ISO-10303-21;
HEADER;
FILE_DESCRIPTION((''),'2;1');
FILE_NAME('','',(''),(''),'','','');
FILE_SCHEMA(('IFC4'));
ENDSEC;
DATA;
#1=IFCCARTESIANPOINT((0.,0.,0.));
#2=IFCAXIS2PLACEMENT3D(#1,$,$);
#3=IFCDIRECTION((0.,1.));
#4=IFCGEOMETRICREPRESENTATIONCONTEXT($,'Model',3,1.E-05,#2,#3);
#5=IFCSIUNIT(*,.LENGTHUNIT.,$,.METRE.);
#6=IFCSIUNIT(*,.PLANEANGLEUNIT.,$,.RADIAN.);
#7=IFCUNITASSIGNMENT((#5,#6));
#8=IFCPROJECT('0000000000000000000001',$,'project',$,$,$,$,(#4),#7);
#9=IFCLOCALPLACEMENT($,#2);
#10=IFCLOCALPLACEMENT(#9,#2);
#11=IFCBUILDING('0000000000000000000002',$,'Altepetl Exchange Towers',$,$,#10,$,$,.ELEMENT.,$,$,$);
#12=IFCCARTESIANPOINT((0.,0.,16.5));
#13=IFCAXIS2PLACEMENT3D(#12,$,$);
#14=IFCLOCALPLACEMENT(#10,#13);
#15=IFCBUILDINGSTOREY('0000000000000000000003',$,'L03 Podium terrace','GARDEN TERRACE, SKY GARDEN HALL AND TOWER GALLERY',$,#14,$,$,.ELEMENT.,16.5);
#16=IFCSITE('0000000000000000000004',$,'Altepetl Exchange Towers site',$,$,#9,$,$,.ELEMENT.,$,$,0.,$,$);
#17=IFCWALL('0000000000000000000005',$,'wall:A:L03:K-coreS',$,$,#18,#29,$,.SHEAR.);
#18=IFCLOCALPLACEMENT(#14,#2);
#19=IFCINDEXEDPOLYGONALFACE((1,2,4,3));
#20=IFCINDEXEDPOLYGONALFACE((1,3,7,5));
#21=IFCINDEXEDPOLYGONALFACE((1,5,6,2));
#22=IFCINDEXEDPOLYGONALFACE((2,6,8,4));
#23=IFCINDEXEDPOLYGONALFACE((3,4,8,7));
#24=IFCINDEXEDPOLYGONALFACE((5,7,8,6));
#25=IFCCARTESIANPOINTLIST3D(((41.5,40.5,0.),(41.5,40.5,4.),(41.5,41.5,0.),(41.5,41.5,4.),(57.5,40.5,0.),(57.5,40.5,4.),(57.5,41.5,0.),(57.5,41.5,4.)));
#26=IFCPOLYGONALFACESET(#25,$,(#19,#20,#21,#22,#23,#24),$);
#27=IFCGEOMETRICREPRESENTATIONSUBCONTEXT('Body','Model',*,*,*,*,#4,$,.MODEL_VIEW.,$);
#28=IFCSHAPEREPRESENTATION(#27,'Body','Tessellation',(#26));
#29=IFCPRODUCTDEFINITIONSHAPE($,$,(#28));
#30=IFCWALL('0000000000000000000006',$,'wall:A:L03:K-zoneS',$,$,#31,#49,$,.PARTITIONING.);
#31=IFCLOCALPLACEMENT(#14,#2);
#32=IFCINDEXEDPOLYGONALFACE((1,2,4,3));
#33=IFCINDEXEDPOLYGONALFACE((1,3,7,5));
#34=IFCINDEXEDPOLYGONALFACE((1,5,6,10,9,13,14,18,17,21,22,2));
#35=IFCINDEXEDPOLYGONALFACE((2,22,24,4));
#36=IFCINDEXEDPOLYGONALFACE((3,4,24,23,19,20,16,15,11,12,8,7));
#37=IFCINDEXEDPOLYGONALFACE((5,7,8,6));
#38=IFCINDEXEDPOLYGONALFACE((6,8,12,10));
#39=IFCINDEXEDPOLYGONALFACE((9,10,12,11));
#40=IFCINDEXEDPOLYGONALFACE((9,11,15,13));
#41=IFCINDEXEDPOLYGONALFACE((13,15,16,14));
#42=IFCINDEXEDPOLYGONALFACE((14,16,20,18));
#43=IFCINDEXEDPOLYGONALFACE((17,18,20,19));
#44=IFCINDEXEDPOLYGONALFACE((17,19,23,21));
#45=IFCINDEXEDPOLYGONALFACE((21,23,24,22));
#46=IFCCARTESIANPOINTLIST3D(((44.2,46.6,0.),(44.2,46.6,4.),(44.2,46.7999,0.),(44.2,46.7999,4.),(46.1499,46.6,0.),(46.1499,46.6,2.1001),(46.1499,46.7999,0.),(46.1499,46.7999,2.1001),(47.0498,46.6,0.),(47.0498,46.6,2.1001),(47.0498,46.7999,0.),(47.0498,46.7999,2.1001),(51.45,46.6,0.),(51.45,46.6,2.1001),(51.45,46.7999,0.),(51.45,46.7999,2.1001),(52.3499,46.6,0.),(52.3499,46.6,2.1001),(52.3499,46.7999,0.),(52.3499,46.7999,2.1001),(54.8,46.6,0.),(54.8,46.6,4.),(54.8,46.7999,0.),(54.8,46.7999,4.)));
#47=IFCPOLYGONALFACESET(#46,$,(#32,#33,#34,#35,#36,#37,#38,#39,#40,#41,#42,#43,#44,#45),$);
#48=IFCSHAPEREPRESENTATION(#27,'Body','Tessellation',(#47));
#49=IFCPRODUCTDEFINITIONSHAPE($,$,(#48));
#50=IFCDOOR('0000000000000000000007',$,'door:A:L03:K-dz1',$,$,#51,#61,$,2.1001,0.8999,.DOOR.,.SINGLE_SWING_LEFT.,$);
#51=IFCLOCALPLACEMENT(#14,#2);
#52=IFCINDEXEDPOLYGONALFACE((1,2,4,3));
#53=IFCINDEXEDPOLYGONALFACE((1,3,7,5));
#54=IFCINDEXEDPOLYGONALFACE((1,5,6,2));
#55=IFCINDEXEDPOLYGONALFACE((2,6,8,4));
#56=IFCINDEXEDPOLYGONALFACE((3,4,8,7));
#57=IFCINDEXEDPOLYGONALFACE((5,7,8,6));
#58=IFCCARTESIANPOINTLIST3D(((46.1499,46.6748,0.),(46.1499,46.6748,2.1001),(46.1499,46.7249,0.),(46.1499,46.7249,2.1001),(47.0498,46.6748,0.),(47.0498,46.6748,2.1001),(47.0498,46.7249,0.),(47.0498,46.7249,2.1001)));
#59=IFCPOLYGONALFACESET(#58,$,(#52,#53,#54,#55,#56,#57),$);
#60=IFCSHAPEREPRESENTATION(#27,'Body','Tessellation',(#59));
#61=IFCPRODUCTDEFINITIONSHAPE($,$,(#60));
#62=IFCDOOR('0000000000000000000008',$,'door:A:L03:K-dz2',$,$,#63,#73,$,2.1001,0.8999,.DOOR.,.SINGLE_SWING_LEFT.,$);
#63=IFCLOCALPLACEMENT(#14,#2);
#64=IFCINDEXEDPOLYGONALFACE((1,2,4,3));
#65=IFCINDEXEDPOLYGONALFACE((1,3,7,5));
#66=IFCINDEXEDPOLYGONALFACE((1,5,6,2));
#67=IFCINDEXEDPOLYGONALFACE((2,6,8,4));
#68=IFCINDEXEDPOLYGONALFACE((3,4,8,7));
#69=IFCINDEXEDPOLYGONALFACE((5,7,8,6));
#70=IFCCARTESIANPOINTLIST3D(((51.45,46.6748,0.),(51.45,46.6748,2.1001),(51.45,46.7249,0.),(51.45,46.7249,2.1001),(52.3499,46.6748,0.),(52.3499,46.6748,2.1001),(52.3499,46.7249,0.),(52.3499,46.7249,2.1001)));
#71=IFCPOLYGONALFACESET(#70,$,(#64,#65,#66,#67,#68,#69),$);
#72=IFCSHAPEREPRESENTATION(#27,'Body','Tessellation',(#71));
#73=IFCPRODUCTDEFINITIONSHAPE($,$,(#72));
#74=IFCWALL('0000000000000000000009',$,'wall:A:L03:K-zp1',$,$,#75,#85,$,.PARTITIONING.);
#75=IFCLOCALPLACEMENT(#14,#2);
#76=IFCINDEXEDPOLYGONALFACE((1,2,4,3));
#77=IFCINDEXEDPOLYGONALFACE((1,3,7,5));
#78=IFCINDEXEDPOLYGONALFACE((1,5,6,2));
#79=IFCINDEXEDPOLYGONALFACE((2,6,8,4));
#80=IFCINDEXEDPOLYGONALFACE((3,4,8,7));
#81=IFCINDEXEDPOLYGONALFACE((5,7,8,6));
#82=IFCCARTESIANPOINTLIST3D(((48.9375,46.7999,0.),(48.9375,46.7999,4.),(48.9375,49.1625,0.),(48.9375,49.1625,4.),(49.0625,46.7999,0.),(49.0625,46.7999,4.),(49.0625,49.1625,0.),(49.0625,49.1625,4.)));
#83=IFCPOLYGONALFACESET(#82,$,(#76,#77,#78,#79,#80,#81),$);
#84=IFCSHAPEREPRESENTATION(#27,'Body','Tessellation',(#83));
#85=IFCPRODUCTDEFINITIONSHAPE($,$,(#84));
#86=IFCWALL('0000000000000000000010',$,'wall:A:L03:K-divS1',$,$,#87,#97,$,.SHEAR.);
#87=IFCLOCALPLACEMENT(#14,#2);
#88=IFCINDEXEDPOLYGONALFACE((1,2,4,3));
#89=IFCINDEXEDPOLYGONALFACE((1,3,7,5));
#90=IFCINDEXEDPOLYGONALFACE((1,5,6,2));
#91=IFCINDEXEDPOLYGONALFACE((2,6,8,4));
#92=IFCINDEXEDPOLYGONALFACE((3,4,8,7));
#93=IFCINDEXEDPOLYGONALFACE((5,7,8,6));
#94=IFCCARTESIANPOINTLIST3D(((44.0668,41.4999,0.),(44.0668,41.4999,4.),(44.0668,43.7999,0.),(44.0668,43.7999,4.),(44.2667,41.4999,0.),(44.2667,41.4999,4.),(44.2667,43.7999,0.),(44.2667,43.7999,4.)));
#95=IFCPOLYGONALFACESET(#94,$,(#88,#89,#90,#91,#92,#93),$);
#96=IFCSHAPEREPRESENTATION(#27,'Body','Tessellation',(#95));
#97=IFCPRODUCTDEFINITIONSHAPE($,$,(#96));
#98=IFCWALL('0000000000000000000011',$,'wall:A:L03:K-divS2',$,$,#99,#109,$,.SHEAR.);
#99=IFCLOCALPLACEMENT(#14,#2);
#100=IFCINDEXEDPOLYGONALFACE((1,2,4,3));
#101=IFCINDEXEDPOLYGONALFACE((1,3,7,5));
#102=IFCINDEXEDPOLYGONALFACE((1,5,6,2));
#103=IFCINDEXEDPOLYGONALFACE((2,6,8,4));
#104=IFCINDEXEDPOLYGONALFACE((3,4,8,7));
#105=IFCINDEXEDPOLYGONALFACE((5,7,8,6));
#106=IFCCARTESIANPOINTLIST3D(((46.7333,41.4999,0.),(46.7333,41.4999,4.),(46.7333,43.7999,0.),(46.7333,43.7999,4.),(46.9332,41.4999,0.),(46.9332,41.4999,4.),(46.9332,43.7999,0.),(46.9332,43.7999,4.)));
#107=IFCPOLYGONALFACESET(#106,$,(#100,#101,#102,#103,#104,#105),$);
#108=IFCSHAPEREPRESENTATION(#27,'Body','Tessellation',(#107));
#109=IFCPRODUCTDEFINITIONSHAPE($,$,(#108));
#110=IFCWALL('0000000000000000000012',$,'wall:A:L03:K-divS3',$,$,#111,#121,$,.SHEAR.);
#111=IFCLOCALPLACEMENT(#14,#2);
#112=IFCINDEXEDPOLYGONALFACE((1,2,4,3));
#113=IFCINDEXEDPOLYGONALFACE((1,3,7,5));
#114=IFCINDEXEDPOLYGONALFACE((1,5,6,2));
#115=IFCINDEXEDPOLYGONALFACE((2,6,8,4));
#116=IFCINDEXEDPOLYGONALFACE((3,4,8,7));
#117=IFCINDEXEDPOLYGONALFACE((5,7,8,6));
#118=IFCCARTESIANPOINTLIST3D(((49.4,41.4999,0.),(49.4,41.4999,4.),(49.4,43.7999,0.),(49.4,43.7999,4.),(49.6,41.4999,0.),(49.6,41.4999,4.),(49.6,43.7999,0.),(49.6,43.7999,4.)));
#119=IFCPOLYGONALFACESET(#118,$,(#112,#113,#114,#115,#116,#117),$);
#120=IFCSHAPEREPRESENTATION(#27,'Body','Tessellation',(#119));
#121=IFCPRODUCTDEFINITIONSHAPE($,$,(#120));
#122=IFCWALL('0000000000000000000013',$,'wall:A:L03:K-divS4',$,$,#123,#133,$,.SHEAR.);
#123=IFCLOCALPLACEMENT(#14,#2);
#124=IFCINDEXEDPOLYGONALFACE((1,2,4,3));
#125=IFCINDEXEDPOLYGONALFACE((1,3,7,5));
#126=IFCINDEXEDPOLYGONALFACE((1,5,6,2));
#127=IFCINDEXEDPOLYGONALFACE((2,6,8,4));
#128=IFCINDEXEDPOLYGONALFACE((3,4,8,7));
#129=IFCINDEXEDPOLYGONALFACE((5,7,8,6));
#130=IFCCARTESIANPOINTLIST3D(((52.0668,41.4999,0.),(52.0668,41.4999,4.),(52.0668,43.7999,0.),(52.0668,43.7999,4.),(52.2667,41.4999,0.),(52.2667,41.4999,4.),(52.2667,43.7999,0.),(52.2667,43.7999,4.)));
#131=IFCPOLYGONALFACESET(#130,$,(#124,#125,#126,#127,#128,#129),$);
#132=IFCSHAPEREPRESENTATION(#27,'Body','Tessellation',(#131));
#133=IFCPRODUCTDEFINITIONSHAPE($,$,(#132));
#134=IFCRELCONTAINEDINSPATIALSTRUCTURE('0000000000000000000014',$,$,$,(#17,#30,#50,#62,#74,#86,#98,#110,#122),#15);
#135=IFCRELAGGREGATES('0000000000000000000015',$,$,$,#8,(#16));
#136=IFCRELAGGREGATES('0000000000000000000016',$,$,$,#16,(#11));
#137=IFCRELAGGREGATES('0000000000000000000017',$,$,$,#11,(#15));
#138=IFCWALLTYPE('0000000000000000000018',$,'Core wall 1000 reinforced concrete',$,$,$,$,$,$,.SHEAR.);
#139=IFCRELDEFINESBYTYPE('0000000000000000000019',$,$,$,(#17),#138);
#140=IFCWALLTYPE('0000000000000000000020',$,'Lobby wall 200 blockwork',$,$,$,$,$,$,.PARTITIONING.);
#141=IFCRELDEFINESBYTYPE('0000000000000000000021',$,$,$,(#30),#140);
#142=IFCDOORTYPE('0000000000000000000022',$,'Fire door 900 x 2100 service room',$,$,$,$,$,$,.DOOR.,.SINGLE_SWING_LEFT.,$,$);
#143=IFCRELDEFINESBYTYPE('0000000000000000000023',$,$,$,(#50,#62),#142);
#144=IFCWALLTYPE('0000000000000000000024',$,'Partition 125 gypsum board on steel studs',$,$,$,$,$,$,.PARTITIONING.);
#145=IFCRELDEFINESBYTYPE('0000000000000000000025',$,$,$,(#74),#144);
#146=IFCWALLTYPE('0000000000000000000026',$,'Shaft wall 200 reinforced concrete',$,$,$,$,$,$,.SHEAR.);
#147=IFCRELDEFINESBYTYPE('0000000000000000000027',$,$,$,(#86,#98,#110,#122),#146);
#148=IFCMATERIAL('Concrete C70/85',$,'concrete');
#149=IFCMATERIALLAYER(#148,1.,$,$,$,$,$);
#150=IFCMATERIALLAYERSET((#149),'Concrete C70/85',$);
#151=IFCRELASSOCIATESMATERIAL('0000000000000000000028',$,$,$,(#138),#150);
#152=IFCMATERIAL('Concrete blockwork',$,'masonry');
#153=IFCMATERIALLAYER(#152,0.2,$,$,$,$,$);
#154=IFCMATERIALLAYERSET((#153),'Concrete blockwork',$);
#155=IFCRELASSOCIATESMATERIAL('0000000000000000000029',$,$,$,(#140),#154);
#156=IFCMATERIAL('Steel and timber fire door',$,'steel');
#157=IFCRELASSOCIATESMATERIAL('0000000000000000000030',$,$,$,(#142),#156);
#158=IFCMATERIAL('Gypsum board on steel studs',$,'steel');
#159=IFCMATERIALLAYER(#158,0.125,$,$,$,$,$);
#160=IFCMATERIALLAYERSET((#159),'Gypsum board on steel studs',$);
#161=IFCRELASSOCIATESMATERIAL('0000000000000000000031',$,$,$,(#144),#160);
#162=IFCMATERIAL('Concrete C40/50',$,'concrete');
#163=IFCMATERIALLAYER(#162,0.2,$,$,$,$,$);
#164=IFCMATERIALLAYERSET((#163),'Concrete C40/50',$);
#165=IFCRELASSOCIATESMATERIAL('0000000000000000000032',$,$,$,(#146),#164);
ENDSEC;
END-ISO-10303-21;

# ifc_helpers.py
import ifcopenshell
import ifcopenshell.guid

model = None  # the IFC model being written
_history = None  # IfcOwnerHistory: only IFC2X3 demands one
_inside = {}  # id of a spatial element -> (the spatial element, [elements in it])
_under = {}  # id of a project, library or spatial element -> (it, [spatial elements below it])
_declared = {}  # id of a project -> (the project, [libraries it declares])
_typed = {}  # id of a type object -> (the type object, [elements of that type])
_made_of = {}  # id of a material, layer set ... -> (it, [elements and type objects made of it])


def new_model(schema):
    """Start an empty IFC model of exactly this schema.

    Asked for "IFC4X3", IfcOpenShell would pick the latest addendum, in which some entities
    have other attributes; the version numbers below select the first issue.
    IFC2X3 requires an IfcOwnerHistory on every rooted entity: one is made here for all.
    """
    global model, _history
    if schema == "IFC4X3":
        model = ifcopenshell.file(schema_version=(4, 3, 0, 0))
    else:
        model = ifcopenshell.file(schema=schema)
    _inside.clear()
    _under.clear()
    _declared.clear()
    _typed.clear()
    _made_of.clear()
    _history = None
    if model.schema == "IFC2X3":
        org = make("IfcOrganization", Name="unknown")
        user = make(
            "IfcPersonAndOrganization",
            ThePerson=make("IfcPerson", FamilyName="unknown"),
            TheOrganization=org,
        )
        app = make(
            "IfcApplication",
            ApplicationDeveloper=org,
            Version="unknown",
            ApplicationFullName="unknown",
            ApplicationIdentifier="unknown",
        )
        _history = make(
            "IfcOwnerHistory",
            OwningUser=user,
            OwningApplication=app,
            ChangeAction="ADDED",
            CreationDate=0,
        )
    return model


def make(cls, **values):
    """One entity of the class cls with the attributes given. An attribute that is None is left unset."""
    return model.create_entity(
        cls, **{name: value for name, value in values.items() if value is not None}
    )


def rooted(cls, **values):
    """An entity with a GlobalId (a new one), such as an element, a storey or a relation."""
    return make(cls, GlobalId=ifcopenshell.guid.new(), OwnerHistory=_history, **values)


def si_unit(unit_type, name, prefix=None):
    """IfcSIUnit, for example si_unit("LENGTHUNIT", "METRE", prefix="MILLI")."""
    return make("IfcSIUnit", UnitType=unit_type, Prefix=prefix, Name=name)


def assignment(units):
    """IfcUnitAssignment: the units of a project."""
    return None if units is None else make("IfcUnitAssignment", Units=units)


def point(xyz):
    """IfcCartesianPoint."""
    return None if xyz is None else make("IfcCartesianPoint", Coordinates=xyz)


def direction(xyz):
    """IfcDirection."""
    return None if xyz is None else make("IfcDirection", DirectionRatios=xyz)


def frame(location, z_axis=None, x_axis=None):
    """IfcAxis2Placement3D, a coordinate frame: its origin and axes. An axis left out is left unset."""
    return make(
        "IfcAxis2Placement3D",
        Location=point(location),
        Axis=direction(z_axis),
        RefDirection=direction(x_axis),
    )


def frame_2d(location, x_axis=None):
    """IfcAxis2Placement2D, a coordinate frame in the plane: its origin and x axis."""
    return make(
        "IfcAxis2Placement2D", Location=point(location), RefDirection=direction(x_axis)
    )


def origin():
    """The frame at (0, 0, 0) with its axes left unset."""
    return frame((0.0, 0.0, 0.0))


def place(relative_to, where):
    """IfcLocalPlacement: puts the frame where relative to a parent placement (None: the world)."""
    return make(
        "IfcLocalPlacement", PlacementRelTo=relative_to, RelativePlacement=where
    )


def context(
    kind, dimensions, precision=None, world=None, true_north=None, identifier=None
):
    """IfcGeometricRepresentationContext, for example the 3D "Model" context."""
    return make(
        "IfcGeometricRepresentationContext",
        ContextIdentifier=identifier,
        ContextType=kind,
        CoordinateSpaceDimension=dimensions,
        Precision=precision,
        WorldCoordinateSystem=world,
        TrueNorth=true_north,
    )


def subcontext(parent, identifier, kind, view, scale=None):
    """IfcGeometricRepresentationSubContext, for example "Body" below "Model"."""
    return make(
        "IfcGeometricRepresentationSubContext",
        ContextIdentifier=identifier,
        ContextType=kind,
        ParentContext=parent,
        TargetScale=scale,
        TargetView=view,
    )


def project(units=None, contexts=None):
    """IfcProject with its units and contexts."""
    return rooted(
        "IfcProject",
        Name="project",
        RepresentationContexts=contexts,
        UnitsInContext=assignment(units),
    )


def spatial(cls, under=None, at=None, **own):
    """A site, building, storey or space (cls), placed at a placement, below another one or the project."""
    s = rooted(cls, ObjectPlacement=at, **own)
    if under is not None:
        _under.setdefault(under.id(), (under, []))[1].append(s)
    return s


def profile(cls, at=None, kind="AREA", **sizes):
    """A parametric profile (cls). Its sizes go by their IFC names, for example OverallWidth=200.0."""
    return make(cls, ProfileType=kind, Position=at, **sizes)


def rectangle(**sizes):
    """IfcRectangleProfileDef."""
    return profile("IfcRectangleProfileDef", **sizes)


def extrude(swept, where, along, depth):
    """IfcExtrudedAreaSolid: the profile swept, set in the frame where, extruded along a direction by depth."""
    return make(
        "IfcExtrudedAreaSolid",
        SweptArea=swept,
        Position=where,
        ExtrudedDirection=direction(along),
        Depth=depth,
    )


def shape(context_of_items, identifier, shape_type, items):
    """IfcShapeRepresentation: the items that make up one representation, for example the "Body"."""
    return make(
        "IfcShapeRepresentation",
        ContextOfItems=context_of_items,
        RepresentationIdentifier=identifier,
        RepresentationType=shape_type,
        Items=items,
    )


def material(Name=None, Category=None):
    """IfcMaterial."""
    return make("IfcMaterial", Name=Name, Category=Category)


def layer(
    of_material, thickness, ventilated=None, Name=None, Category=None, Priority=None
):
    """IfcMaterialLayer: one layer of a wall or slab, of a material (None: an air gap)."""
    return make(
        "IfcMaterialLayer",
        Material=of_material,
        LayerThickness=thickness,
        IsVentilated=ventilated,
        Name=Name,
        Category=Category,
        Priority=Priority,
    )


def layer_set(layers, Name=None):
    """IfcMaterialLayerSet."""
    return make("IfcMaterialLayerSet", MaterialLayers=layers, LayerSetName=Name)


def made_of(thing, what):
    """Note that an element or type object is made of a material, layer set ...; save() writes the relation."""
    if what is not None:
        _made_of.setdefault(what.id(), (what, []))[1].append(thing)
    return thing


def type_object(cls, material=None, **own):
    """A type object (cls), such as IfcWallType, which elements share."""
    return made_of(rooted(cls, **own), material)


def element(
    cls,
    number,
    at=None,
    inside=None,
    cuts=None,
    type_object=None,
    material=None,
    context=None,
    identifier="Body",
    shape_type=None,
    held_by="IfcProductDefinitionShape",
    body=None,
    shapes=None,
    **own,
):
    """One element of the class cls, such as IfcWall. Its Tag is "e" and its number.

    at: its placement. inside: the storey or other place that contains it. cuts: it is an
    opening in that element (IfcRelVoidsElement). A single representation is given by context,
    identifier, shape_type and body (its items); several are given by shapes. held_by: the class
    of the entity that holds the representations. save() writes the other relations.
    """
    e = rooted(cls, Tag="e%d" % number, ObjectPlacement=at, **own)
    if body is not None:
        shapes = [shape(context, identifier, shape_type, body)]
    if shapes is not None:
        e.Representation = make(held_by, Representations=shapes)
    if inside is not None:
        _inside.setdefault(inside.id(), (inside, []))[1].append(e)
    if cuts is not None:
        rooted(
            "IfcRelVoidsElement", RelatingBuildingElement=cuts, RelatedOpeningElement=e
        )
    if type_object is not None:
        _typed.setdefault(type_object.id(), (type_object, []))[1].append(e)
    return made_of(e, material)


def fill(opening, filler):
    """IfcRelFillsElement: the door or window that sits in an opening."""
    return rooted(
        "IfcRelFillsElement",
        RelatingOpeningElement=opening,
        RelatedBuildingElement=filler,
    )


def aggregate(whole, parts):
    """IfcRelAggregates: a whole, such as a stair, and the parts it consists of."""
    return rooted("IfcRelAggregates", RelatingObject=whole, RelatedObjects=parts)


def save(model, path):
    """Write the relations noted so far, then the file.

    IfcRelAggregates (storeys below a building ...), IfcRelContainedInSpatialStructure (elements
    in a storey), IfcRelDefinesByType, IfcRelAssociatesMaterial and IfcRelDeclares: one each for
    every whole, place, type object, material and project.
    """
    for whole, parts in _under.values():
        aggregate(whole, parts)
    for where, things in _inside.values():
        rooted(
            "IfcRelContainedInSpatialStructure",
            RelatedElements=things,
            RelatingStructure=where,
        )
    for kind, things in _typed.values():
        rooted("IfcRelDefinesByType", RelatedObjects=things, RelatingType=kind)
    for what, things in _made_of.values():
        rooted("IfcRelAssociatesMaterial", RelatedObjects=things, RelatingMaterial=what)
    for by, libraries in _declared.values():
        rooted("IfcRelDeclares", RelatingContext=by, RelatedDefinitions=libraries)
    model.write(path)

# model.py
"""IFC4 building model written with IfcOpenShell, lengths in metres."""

from ifc_helpers import new_model, si_unit, direction, frame, frame_2d, origin, place, context, subcontext, project, spatial, rectangle, extrude, material, layer, layer_set, type_object, element, fill, save


model = new_model("IFC4")

# Units and contexts
model_context = context("Model", 3, precision=1e-05, world=origin(), true_north=direction((0.0, 1.0)))
body_context = subcontext(model_context, "Body", "Model", "MODEL_VIEW")
ifc_project = project(units=[si_unit("LENGTHUNIT", "METRE"), si_unit("PLANEANGLEUNIT", "RADIAN")], contexts=[model_context])

# Site, building, storey
site_placement = place(None, origin())
site = spatial("IfcSite", under=ifc_project, at=site_placement, Name="Altepetl Exchange Towers site", CompositionType="ELEMENT", RefElevation=0.0)
building_placement = place(site_placement, origin())
building = spatial("IfcBuilding", under=site, at=building_placement, Name="Altepetl Exchange Towers", CompositionType="ELEMENT")
storey_placement = place(building_placement, frame((0.0, 0.0, 16.5)))
storey = spatial("IfcBuildingStorey", under=building, at=storey_placement, Name="L03 Podium terrace", Description="GARDEN TERRACE, SKY GARDEN HALL AND TOWER GALLERY", CompositionType="ELEMENT", Elevation=16.5)

# Wall
ifc_material_1 = material(Name="Concrete C70/85", Category="concrete")
ifc_layer_1 = layer(ifc_material_1, 1.0)
ifc_layer_set_1 = layer_set([ifc_layer_1], Name="Concrete C70/85")
wall_type_1 = type_object("IfcWallType", Name="Core wall 1000 reinforced concrete", PredefinedType="SHEAR", material=ifc_layer_set_1)
wall_1_placement = place(storey_placement, frame((41.5, 41.0, 0.0)))
element("IfcWall", 1, at=wall_1_placement, inside=storey, type_object=wall_type_1, Name="wall:A:L03:K-coreS", PredefinedType="SHEAR", context=body_context, shape_type="SweptSolid", body=[
    extrude(rectangle(XDim=16.0, YDim=1.0, at=frame_2d((8.0, 0.0))), origin(), (0.0, 0.0, 1.0), 4.0),
])

# Wall, openings, doors
ifc_material_2 = material(Name="Concrete blockwork", Category="masonry")
ifc_layer_2 = layer(ifc_material_2, 0.2)
ifc_layer_set_2 = layer_set([ifc_layer_2], Name="Concrete blockwork")
wall_type_2 = type_object("IfcWallType", Name="Lobby wall 200 blockwork", PredefinedType="PARTITIONING", material=ifc_layer_set_2)
wall_2_placement = place(storey_placement, frame((44.2, 46.7, 0.0)))
wall_2 = element("IfcWall", 2, at=wall_2_placement, inside=storey, type_object=wall_type_2, Name="wall:A:L03:K-zoneS", PredefinedType="PARTITIONING", context=body_context, shape_type="SweptSolid", body=[
    extrude(rectangle(XDim=10.6001, YDim=0.2, at=frame_2d((5.3, 0.0))), origin(), (0.0, 0.0, 1.0), 4.0),
])
opening_1_placement = place(wall_2_placement, frame((1.95, 0.0, 0.0)))
opening_1 = element("IfcOpeningElement", 3, at=opening_1_placement, cuts=wall_2, PredefinedType="OPENING", context=body_context, shape_type="SweptSolid", body=[
    extrude(rectangle(XDim=0.8999, YDim=2.1001, at=frame_2d((0.45, 1.05))), frame((0.0, 0.1099, 0.0), z_axis=(0.0, -1.0, 0.0), x_axis=(1.0, 0.0, 0.0)), (0.0, 0.0, 1.0), 0.22),
])
opening_2_placement = place(wall_2_placement, frame((7.25, 0.0, 0.0)))
opening_2 = element("IfcOpeningElement", 4, at=opening_2_placement, cuts=wall_2, PredefinedType="OPENING", context=body_context, shape_type="SweptSolid", body=[
    extrude(rectangle(XDim=0.8999, YDim=2.1001, at=frame_2d((0.45, 1.05))), frame((0.0, 0.1099, 0.0), z_axis=(0.0, -1.0, 0.0), x_axis=(1.0, 0.0, 0.0)), (0.0, 0.0, 1.0), 0.22),
])
ifc_material_3 = material(Name="Steel and timber fire door", Category="steel")
door_type_1 = type_object("IfcDoorType", Name="Fire door 900 x 2100 service room", OperationType="SINGLE_SWING_LEFT", PredefinedType="DOOR", material=ifc_material_3)
door_1_placement = place(opening_1_placement, origin())
door_1 = element("IfcDoor", 5, at=door_1_placement, inside=storey, type_object=door_type_1, Name="door:A:L03:K-dz1", OperationType="SINGLE_SWING_LEFT", OverallHeight=2.1001, OverallWidth=0.8999, PredefinedType="DOOR", context=body_context, shape_type="SweptSolid", body=[
    extrude(rectangle(XDim=0.8999, YDim=2.1001, at=frame_2d((0.45, 1.05))), frame((0.0, 0.0249, 0.0), z_axis=(0.0, -1.0, 0.0), x_axis=(1.0, 0.0, 0.0)), (0.0, 0.0, 1.0), 0.05),
])
fill(opening_1, door_1)
door_2_placement = place(opening_2_placement, origin())
door_2 = element("IfcDoor", 6, at=door_2_placement, inside=storey, type_object=door_type_1, Name="door:A:L03:K-dz2", OperationType="SINGLE_SWING_LEFT", OverallHeight=2.1001, OverallWidth=0.8999, PredefinedType="DOOR", context=body_context, shape_type="SweptSolid", body=[
    extrude(rectangle(XDim=0.8999, YDim=2.1001, at=frame_2d((0.45, 1.05))), frame((0.0, 0.0249, 0.0), z_axis=(0.0, -1.0, 0.0), x_axis=(1.0, 0.0, 0.0)), (0.0, 0.0, 1.0), 0.05),
])
fill(opening_2, door_2)

# Walls
ifc_material_4 = material(Name="Gypsum board on steel studs", Category="steel")
ifc_layer_3 = layer(ifc_material_4, 0.125)
ifc_layer_set_3 = layer_set([ifc_layer_3], Name="Gypsum board on steel studs")
wall_type_3 = type_object("IfcWallType", Name="Partition 125 gypsum board on steel studs", PredefinedType="PARTITIONING", material=ifc_layer_set_3)
wall_3_placement = place(storey_placement, frame((49.0, 46.8, 0.0), z_axis=(0.0, 0.0, 1.0), x_axis=(0.0, 1.0, 0.0)))
element("IfcWall", 7, at=wall_3_placement, inside=storey, type_object=wall_type_3, Name="wall:A:L03:K-zp1", PredefinedType="PARTITIONING", context=body_context, shape_type="SweptSolid", body=[
    extrude(rectangle(XDim=2.3625, YDim=0.125, at=frame_2d((1.1812, 0.0))), origin(), (0.0, 0.0, 1.0), 4.0),
])
ifc_material_5 = material(Name="Concrete C40/50", Category="concrete")
ifc_layer_4 = layer(ifc_material_5, 0.2)
ifc_layer_set_4 = layer_set([ifc_layer_4], Name="Concrete C40/50")
wall_type_4 = type_object("IfcWallType", Name="Shaft wall 200 reinforced concrete", PredefinedType="SHEAR", material=ifc_layer_set_4)
for number, where, z_axis, x_axis, name in (
    (8, (44.1667, 41.5, 0.0), (0.0, 0.0, 1.0), (0.0, 1.0, 0.0), "wall:A:L03:K-divS1"),
    (9, (46.8333, 41.5, 0.0), (0.0, 0.0, 1.0), (0.0, 1.0, 0.0), "wall:A:L03:K-divS2"),
    (10, (49.5, 41.5, 0.0), (0.0, 0.0, 1.0), (0.0, 1.0, 0.0), "wall:A:L03:K-divS3"),
    (11, (52.1667, 41.5, 0.0), (0.0, 0.0, 1.0), (0.0, 1.0, 0.0), "wall:A:L03:K-divS4"),
):
    element("IfcWall", number, at=place(storey_placement, frame(where, z_axis=z_axis, x_axis=x_axis)), inside=storey, type_object=wall_type_4, Name=name, PredefinedType="SHEAR", context=body_context, shape_type="SweptSolid", body=[
        extrude(rectangle(XDim=2.3, YDim=0.2, at=frame_2d((1.1499, 0.0))), origin(), (0.0, 0.0, 1.0), 4.0),
    ])

save(model, "model.ifc")
